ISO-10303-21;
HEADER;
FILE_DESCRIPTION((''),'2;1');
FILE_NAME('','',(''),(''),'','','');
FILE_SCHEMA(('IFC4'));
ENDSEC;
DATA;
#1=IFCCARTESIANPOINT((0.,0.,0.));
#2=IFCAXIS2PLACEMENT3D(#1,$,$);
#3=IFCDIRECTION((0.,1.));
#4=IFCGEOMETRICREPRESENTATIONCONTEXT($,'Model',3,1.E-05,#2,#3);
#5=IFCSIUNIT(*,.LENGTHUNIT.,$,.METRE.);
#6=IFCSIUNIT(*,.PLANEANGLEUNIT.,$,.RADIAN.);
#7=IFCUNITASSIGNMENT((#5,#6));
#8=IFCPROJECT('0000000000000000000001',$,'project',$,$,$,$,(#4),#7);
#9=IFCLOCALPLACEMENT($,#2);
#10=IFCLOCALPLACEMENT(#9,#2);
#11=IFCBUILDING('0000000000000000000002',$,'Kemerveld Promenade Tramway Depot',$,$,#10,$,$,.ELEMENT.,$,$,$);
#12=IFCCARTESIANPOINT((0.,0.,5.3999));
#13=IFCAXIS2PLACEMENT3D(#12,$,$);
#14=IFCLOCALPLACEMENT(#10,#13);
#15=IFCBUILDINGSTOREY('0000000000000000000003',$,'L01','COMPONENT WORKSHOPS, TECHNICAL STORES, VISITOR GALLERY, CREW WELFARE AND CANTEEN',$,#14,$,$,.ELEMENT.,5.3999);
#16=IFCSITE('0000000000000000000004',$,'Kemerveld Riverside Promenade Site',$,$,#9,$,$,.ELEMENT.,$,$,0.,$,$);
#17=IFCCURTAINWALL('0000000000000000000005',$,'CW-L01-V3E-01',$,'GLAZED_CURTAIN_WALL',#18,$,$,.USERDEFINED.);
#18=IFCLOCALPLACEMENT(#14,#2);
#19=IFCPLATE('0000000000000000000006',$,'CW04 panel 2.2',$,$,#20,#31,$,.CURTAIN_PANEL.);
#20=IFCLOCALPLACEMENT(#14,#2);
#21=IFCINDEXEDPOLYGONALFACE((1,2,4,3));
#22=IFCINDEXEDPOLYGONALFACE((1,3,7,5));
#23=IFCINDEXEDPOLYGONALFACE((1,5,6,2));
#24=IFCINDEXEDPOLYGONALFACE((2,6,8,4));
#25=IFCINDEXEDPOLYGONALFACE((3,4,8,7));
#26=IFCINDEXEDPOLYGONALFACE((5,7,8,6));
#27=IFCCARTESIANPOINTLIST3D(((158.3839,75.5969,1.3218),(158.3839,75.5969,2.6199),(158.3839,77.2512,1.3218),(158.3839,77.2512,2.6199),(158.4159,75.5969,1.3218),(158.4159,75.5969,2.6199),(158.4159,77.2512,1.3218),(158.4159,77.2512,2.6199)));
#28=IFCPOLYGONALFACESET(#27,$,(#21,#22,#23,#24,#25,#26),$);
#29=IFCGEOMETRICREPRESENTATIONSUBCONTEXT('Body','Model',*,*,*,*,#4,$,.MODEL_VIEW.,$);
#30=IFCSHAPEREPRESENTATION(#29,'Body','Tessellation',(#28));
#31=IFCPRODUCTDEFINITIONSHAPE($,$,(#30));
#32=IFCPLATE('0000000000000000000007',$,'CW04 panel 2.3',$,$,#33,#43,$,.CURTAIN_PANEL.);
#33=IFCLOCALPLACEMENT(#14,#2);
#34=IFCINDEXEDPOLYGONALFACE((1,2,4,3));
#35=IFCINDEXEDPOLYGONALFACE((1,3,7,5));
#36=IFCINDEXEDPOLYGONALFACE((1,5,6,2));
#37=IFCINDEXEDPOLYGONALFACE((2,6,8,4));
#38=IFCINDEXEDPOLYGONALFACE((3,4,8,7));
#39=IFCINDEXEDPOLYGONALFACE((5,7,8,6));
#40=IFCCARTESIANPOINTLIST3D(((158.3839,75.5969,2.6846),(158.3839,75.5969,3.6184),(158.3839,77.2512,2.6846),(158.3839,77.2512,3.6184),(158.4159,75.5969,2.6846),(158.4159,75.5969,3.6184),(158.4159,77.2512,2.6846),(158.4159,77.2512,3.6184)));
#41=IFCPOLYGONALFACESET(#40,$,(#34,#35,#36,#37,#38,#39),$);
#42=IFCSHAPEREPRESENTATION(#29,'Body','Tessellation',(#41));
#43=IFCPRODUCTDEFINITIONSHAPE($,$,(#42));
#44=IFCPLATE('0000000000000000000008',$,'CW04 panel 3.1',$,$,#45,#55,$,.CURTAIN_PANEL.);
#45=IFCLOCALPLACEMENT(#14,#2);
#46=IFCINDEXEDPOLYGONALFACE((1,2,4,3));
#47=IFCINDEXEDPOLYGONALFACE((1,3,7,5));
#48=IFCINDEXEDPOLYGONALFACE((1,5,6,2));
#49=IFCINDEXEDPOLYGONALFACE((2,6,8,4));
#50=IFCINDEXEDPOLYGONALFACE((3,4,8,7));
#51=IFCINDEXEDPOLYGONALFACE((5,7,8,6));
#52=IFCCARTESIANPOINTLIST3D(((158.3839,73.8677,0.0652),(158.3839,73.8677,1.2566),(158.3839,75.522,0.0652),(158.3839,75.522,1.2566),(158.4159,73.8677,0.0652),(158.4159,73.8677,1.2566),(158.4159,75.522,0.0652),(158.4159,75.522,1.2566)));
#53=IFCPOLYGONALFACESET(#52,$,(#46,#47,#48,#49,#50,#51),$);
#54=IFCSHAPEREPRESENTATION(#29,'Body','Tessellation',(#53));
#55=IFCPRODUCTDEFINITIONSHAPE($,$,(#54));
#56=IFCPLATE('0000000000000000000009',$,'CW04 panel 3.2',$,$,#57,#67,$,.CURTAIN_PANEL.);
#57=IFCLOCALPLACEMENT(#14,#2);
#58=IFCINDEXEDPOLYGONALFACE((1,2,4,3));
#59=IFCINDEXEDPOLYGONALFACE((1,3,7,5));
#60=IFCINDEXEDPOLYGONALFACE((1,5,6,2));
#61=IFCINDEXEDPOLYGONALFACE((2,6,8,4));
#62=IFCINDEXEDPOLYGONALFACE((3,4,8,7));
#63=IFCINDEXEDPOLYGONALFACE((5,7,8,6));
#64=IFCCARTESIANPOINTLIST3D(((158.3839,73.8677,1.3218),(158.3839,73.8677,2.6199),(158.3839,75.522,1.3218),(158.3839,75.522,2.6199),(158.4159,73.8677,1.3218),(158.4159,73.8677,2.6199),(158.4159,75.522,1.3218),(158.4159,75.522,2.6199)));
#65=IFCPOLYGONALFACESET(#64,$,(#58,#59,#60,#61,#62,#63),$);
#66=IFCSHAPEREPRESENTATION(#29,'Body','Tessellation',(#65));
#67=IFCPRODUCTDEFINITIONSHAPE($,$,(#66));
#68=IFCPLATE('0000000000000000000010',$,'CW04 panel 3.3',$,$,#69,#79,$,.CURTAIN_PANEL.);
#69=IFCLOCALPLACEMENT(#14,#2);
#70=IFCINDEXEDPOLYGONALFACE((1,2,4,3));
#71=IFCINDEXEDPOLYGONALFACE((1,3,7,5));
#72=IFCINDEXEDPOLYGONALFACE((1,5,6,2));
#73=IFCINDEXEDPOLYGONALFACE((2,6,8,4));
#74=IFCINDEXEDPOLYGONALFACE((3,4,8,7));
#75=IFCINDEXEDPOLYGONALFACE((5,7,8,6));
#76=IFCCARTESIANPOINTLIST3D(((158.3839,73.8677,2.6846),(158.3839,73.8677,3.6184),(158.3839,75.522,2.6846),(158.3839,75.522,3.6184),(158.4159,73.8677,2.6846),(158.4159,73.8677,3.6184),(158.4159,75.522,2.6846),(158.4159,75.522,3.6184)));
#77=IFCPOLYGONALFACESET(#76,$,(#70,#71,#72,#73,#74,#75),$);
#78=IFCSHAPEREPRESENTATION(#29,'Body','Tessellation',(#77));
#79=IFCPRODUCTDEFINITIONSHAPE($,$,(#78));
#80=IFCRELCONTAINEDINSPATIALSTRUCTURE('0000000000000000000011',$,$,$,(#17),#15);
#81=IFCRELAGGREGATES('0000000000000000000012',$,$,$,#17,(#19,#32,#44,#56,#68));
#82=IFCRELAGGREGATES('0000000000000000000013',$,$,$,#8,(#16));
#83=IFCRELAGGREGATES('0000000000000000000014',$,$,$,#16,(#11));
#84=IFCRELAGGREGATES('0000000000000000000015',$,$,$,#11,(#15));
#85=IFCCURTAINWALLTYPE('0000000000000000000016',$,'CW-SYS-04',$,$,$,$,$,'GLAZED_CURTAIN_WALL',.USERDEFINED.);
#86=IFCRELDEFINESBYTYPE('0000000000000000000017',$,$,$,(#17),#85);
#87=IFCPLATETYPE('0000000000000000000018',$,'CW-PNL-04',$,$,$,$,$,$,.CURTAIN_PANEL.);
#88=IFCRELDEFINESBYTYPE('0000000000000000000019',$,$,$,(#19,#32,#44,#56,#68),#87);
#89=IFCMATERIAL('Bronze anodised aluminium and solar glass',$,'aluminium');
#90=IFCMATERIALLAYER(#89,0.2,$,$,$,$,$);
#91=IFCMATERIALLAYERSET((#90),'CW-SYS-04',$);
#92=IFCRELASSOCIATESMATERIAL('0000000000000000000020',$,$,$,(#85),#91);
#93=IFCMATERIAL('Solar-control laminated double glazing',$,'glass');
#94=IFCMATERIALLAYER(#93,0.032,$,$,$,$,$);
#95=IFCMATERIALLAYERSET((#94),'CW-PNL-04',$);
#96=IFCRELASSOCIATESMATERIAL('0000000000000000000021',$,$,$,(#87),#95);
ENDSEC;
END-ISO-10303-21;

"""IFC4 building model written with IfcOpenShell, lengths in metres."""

from ifc_helpers import new_model, si_unit, direction, frame, origin, origin_2d, place, context, subcontext, project, spatial, rectangle, extrude, material, layer, layer_set, type_object, element, aggregate, save


model = new_model("IFC4")

# Units and contexts
model_context = context("Model", 3, precision=1e-05, world=origin(), true_north=direction((0.0, 1.0)))
body_context = subcontext(model_context, "Body", "Model", "MODEL_VIEW")
ifc_project = project(units=[si_unit("LENGTHUNIT", "METRE"), si_unit("PLANEANGLEUNIT", "RADIAN")], contexts=[model_context])

# Site, building, storey
site_placement = place(None, origin())
site = spatial("IfcSite", under=ifc_project, at=site_placement, Name="Kemerveld Riverside Promenade Site", CompositionType="ELEMENT", RefElevation=0.0)
building_placement = place(site_placement, origin())
building = spatial("IfcBuilding", under=site, at=building_placement, Name="Kemerveld Promenade Tramway Depot", CompositionType="ELEMENT")
storey_placement = place(building_placement, frame((0.0, 0.0, 5.3999)))
storey = spatial("IfcBuildingStorey", under=building, at=storey_placement, Name="L01", Description="COMPONENT WORKSHOPS, TECHNICAL STORES, VISITOR GALLERY, CREW WELFARE AND CANTEEN", CompositionType="ELEMENT", Elevation=5.3999)

# Curtain wall, plates
ifc_material_1 = material(Name="Bronze anodised aluminium and solar glass", Category="aluminium")
ifc_layer_1 = layer(ifc_material_1, 0.2)
ifc_layer_set_1 = layer_set([ifc_layer_1], Name="CW-SYS-04")
curtain_wall_type = type_object("IfcCurtainWallType", Name="CW-SYS-04", ElementType="GLAZED_CURTAIN_WALL", PredefinedType="USERDEFINED", material=ifc_layer_set_1)
curtain_wall_placement = place(storey_placement, origin())
curtain_wall = element("IfcCurtainWall", 1, at=curtain_wall_placement, inside=storey, type_object=curtain_wall_type, Name="CW-L01-V3E-01", ObjectType="GLAZED_CURTAIN_WALL", PredefinedType="USERDEFINED")
ifc_material_2 = material(Name="Solar-control laminated double glazing", Category="glass")
ifc_layer_2 = layer(ifc_material_2, 0.032)
ifc_layer_set_2 = layer_set([ifc_layer_2], Name="CW-PNL-04")
plate_type = type_object("IfcPlateType", Name="CW-PNL-04", PredefinedType="CURTAIN_PANEL", material=ifc_layer_set_2)
plate_1_placement = place(storey_placement, frame((158.3999, 76.4241, 1.3218), z_axis=(0.0, 0.0, 1.0), x_axis=(0.0, -1.0, 0.0)))
plate_1 = element("IfcPlate", 2, at=plate_1_placement, type_object=plate_type, Name="CW04 panel 2.2", PredefinedType="CURTAIN_PANEL", context=body_context, shape_type="SweptSolid", body=[
    extrude(rectangle(XDim=1.6543, YDim=0.032, at=origin_2d()), origin(), (0.0, 0.0, 1.0), 1.2981),
])
plate_2_placement = place(storey_placement, frame((158.3999, 76.4241, 2.6846), z_axis=(0.0, 0.0, 1.0), x_axis=(0.0, -1.0, 0.0)))
plate_2 = element("IfcPlate", 3, at=plate_2_placement, type_object=plate_type, Name="CW04 panel 2.3", PredefinedType="CURTAIN_PANEL", context=body_context, shape_type="SweptSolid", body=[
    extrude(rectangle(XDim=1.6543, YDim=0.032, at=origin_2d()), origin(), (0.0, 0.0, 1.0), 0.9338),
])
plate_3_placement = place(storey_placement, frame((158.3999, 74.6948, 0.0652), z_axis=(0.0, 0.0, 1.0), x_axis=(0.0, -1.0, 0.0)))
plate_3 = element("IfcPlate", 4, at=plate_3_placement, type_object=plate_type, Name="CW04 panel 3.1", PredefinedType="CURTAIN_PANEL", context=body_context, shape_type="SweptSolid", body=[
    extrude(rectangle(XDim=1.6543, YDim=0.032, at=origin_2d()), origin(), (0.0, 0.0, 1.0), 1.1914),
])
plate_4_placement = place(storey_placement, frame((158.3999, 74.6948, 1.3218), z_axis=(0.0, 0.0, 1.0), x_axis=(0.0, -1.0, 0.0)))
plate_4 = element("IfcPlate", 5, at=plate_4_placement, type_object=plate_type, Name="CW04 panel 3.2", PredefinedType="CURTAIN_PANEL", context=body_context, shape_type="SweptSolid", body=[
    extrude(rectangle(XDim=1.6543, YDim=0.032, at=origin_2d()), origin(), (0.0, 0.0, 1.0), 1.2981),
])
plate_5_placement = place(storey_placement, frame((158.3999, 74.6948, 2.6846), z_axis=(0.0, 0.0, 1.0), x_axis=(0.0, -1.0, 0.0)))
plate_5 = element("IfcPlate", 6, at=plate_5_placement, type_object=plate_type, Name="CW04 panel 3.3", PredefinedType="CURTAIN_PANEL", context=body_context, shape_type="SweptSolid", body=[
    extrude(rectangle(XDim=1.6543, YDim=0.032, at=origin_2d()), origin(), (0.0, 0.0, 1.0), 0.9338),
])
aggregate(curtain_wall, [plate_1, plate_2, plate_3, plate_4, plate_5])

save(model, "model.ifc")
